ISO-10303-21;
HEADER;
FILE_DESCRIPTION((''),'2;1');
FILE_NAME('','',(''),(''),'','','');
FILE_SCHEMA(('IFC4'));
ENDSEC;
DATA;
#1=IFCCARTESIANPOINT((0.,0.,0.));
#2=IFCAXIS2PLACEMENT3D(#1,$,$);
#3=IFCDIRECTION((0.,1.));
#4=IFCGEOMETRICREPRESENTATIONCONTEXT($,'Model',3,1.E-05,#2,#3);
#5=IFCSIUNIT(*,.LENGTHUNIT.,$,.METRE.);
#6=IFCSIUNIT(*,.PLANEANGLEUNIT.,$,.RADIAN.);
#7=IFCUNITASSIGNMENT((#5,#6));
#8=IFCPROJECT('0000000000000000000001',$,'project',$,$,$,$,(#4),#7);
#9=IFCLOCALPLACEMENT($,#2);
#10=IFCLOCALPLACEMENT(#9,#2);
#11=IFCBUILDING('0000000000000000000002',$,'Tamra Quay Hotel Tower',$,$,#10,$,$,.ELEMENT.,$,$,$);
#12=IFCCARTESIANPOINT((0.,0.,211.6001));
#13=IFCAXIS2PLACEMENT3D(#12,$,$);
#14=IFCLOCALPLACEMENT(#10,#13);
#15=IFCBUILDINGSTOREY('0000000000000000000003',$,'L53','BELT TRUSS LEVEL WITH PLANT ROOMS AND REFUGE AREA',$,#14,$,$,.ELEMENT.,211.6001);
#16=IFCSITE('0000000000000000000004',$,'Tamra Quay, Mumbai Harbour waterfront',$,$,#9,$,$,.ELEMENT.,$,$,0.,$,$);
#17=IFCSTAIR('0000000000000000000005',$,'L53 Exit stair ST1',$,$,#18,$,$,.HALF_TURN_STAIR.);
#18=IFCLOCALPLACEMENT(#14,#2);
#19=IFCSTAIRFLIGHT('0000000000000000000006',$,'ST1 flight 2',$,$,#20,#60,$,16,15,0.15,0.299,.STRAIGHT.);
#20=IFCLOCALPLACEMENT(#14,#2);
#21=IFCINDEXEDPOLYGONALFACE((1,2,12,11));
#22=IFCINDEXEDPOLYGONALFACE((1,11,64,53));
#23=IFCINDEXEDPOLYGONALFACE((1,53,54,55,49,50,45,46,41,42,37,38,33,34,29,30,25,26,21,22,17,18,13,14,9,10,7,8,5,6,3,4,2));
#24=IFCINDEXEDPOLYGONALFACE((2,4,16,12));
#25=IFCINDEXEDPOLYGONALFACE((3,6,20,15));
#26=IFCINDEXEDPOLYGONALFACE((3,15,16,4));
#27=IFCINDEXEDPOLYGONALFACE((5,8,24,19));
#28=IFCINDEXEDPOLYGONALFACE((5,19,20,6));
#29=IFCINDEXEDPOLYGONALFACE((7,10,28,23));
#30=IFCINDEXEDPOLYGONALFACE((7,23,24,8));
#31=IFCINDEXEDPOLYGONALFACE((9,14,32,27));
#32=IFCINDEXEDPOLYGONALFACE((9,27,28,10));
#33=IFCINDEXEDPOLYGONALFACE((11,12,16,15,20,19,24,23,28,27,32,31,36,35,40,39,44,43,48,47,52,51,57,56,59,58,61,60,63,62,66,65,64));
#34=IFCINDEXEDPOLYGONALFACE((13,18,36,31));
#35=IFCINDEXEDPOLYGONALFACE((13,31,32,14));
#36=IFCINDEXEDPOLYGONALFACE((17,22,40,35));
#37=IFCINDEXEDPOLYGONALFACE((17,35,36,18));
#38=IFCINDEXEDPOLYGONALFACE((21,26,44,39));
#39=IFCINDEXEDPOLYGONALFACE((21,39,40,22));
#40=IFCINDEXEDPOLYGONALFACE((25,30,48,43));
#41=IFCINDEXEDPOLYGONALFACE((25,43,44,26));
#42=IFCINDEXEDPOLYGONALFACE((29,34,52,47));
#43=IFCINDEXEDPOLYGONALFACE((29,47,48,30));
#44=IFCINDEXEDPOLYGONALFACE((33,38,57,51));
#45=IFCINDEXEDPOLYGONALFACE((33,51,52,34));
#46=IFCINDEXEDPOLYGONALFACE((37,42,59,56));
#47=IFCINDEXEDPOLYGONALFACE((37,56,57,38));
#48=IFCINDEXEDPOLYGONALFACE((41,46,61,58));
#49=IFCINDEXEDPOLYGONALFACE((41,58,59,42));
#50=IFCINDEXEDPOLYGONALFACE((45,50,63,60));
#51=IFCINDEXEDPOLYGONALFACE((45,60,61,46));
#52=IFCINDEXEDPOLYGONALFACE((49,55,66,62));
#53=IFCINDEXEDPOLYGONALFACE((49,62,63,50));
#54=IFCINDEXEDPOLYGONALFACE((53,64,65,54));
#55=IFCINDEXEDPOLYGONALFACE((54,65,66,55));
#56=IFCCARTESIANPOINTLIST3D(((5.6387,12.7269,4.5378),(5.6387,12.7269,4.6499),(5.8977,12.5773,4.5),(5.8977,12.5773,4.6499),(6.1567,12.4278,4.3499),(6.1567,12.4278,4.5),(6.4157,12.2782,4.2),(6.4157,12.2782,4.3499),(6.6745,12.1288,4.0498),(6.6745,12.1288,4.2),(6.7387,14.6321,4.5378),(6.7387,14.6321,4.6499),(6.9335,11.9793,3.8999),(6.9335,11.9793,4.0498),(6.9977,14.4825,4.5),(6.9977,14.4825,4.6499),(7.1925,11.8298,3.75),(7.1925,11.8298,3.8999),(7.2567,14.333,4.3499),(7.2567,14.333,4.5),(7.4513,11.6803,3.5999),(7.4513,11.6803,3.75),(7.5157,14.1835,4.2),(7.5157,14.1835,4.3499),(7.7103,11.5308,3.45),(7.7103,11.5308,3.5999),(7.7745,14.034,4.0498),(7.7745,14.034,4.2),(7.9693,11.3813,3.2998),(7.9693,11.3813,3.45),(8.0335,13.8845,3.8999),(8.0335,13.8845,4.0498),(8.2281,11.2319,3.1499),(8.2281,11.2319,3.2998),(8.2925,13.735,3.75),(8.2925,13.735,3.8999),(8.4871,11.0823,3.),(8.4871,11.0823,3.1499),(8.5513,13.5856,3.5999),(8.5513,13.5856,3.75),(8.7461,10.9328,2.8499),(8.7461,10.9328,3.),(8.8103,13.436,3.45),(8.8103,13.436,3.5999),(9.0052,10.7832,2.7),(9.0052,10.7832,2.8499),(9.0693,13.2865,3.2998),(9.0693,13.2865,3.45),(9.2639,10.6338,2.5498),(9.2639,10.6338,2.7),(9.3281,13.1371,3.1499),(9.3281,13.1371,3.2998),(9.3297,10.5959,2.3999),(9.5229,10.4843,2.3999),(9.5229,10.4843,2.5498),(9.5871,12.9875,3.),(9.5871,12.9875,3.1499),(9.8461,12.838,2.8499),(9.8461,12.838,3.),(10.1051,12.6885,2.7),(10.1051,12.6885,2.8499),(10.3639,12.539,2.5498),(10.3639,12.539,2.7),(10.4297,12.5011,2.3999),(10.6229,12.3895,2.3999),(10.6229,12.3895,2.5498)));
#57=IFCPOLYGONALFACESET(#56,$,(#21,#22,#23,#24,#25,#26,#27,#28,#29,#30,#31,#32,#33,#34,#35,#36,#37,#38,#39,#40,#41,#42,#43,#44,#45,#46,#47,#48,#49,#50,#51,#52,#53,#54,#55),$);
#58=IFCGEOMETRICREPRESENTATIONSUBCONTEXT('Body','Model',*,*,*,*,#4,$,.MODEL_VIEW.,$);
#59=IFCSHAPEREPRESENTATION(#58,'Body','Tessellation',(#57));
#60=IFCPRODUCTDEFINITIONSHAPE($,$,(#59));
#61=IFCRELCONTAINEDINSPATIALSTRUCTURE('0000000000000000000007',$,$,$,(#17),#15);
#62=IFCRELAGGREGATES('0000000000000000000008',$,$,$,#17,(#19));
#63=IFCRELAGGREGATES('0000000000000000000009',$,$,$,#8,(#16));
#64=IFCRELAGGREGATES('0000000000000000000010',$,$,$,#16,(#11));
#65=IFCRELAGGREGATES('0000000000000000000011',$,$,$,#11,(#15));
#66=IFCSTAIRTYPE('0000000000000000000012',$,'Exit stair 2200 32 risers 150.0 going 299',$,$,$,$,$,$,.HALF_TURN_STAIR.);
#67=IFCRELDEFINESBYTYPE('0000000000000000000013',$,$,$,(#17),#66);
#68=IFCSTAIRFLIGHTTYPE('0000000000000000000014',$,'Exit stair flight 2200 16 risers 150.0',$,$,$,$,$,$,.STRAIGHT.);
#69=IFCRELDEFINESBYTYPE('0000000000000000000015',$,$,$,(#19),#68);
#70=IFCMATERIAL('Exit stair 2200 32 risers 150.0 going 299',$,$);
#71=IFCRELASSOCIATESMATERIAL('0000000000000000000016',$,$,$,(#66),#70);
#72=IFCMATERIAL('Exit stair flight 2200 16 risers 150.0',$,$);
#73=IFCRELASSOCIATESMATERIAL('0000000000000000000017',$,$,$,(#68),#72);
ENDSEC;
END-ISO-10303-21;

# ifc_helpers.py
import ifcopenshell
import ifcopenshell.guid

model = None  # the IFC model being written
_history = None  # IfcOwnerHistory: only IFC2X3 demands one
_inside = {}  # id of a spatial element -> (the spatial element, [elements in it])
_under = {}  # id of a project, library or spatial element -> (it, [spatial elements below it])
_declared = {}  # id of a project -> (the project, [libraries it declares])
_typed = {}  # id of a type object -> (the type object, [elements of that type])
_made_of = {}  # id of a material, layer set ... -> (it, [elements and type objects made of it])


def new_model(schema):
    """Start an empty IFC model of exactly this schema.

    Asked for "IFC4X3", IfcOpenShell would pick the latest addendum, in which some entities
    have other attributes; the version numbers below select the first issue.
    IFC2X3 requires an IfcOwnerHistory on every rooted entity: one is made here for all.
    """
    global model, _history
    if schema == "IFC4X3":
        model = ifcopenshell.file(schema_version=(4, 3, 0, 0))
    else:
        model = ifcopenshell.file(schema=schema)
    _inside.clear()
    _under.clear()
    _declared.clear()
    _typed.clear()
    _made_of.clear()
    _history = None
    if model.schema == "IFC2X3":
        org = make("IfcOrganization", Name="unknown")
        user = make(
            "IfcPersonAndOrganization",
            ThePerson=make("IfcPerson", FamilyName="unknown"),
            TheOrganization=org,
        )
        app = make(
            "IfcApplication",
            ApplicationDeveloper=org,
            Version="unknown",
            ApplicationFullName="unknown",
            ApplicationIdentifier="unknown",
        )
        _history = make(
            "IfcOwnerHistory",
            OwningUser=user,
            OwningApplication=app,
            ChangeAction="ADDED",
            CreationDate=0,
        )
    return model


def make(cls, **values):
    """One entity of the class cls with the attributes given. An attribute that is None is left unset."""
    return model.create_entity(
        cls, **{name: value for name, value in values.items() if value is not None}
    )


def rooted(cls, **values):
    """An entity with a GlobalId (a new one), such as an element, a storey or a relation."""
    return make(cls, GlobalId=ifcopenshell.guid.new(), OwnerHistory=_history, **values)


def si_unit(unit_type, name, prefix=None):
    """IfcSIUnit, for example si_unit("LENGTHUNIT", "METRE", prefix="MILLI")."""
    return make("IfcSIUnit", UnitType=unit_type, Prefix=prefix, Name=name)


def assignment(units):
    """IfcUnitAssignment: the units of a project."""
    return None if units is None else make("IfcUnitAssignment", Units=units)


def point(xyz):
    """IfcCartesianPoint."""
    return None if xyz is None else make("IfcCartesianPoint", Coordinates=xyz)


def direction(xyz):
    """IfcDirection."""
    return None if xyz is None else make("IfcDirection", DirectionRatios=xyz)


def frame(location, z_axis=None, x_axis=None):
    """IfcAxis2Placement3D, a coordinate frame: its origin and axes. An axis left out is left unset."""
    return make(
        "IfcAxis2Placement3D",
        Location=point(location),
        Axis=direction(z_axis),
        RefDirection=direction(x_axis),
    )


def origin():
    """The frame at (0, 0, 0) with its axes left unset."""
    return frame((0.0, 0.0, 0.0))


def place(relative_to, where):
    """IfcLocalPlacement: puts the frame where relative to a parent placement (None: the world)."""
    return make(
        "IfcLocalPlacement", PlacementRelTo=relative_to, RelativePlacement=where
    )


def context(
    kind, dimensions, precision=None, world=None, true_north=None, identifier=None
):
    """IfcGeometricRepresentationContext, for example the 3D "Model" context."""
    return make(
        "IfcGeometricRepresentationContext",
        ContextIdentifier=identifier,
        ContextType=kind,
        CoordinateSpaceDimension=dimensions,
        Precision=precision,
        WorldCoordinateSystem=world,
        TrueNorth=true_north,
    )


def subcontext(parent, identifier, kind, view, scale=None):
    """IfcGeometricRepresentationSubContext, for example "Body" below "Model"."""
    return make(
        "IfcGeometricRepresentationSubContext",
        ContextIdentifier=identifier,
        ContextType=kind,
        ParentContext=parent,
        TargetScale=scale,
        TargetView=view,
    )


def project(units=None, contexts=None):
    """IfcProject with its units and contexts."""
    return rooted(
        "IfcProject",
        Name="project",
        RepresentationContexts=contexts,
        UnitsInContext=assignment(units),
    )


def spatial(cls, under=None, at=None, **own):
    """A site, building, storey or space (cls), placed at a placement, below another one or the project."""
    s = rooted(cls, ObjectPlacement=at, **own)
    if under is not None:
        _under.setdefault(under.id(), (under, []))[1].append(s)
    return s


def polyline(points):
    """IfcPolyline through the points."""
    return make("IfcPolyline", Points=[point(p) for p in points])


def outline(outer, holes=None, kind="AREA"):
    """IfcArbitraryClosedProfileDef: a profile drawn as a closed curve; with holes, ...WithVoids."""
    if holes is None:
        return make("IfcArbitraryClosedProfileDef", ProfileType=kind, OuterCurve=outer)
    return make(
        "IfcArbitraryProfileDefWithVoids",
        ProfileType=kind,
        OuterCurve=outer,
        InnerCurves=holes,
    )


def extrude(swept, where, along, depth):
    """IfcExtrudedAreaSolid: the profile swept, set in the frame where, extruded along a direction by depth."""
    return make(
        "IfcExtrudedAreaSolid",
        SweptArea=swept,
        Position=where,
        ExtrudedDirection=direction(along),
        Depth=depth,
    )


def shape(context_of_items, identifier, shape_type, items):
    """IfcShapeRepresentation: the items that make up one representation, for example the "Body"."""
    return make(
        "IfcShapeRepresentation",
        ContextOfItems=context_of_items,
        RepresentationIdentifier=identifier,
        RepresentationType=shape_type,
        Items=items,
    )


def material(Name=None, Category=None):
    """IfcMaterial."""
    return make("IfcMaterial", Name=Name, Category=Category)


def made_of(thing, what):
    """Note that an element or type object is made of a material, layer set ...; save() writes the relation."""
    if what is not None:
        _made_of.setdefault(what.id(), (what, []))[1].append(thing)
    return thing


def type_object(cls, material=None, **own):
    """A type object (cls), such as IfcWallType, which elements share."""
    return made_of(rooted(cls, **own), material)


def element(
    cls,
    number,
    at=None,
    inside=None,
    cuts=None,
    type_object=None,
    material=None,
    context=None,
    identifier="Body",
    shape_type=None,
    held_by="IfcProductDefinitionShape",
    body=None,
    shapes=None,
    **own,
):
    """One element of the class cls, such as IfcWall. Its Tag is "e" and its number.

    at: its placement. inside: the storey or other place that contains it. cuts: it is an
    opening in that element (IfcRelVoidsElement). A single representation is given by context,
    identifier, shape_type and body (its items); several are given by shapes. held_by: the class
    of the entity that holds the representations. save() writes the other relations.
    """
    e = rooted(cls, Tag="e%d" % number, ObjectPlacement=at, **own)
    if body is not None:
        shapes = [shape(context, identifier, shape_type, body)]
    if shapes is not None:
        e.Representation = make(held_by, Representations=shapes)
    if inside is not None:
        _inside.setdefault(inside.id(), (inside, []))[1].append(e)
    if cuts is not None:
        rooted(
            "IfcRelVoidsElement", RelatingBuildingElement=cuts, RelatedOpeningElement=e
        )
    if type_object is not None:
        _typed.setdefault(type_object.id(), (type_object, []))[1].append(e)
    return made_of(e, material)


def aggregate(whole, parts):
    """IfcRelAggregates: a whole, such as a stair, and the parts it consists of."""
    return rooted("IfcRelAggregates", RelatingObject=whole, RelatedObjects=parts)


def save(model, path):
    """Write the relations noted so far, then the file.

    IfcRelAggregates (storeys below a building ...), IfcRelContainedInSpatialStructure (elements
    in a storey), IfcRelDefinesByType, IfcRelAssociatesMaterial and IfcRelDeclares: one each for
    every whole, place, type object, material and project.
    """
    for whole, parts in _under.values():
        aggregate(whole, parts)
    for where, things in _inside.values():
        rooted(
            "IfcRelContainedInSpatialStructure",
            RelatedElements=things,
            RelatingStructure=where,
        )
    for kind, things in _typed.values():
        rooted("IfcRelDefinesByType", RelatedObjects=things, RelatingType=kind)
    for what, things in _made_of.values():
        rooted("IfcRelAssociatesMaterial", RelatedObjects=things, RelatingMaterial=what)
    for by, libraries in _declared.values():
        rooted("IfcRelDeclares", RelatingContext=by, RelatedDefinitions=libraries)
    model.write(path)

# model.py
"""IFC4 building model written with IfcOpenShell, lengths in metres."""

from ifc_helpers import new_model, si_unit, direction, frame, origin, place, context, subcontext, project, spatial, polyline, outline, extrude, material, type_object, element, aggregate, save


model = new_model("IFC4")

# Units and contexts
model_context = context("Model", 3, precision=1e-05, world=origin(), true_north=direction((0.0, 1.0)))
body_context = subcontext(model_context, "Body", "Model", "MODEL_VIEW")
ifc_project = project(units=[si_unit("LENGTHUNIT", "METRE"), si_unit("PLANEANGLEUNIT", "RADIAN")], contexts=[model_context])

# Site, building, storey
site_placement = place(None, origin())
site = spatial("IfcSite", under=ifc_project, at=site_placement, Name="Tamra Quay, Mumbai Harbour waterfront", CompositionType="ELEMENT", RefElevation=0.0)
building_placement = place(site_placement, origin())
building = spatial("IfcBuilding", under=site, at=building_placement, Name="Tamra Quay Hotel Tower", CompositionType="ELEMENT")
storey_placement = place(building_placement, frame((0.0, 0.0, 211.6001)))
storey = spatial("IfcBuildingStorey", under=building, at=storey_placement, Name="L53", Description="BELT TRUSS LEVEL WITH PLANT ROOMS AND REFUGE AREA", CompositionType="ELEMENT", Elevation=211.6001)

# Stair, stair flight
ifc_material_1 = material(Name="Exit stair 2200 32 risers 150.0 going 299")
stair_type = type_object("IfcStairType", Name="Exit stair 2200 32 risers 150.0 going 299", PredefinedType="HALF_TURN_STAIR", material=ifc_material_1)
stair_placement = place(storey_placement, origin())
stair = element("IfcStair", 1, at=stair_placement, inside=storey, type_object=stair_type, Name="L53 Exit stair ST1", PredefinedType="HALF_TURN_STAIR")
ifc_material_2 = material(Name="Exit stair flight 2200 16 risers 150.0")
stair_flight_type = type_object("IfcStairFlightType", Name="Exit stair flight 2200 16 risers 150.0", PredefinedType="STRAIGHT", material=ifc_material_2)
stair_flight_1_placement = place(storey_placement, frame((10.073, 11.437, 2.3999), z_axis=(0.0, 0.0, 1.0), x_axis=(-0.866025, 0.5, 0.0)))
stair_flight_1 = element("IfcStairFlight", 2, at=stair_flight_1_placement, type_object=stair_flight_type, Name="ST1 flight 2", NumberOfRisers=16, NumberOfTreads=15, PredefinedType="STRAIGHT", RiserHeight=0.15, TreadLength=0.299, context=body_context, shape_type="SweptSolid", body=[
    extrude(outline(polyline([(0.0, 0.0), (0.0, 0.1499), (0.2991, 0.1499), (0.2991, 0.3), (0.5979, 0.3), (0.5979, 0.45), (0.897, 0.45), (0.897, 0.6001), (1.196, 0.6001), (1.196, 0.75), (1.4951, 0.75), (1.4951, 0.8999), (1.7939, 0.8999), (1.7939, 1.05), (2.093, 1.05), (2.093, 1.2), (2.3921, 1.2), (2.3921, 1.3501), (2.6909, 1.3501), (2.6909, 1.5), (2.99, 1.5), (2.99, 1.6499), (3.2891, 1.6499), (3.2891, 1.8), (3.5879, 1.8), (3.5879, 1.95), (3.887, 1.95), (3.887, 2.1001), (4.186, 2.1001), (4.186, 2.25), (4.4851, 2.25), (4.4851, 2.3999), (4.4851, 2.1379), (0.2231, 0.0), (0.0, 0.0)])), frame((0.0, 1.1001, 0.0), z_axis=(0.0, -1.0, 0.0), x_axis=(1.0, 0.0, 0.0)), (0.0, 0.0, 1.0), 2.2),
])
aggregate(stair, [stair_flight_1])

save(model, "model.ifc")
